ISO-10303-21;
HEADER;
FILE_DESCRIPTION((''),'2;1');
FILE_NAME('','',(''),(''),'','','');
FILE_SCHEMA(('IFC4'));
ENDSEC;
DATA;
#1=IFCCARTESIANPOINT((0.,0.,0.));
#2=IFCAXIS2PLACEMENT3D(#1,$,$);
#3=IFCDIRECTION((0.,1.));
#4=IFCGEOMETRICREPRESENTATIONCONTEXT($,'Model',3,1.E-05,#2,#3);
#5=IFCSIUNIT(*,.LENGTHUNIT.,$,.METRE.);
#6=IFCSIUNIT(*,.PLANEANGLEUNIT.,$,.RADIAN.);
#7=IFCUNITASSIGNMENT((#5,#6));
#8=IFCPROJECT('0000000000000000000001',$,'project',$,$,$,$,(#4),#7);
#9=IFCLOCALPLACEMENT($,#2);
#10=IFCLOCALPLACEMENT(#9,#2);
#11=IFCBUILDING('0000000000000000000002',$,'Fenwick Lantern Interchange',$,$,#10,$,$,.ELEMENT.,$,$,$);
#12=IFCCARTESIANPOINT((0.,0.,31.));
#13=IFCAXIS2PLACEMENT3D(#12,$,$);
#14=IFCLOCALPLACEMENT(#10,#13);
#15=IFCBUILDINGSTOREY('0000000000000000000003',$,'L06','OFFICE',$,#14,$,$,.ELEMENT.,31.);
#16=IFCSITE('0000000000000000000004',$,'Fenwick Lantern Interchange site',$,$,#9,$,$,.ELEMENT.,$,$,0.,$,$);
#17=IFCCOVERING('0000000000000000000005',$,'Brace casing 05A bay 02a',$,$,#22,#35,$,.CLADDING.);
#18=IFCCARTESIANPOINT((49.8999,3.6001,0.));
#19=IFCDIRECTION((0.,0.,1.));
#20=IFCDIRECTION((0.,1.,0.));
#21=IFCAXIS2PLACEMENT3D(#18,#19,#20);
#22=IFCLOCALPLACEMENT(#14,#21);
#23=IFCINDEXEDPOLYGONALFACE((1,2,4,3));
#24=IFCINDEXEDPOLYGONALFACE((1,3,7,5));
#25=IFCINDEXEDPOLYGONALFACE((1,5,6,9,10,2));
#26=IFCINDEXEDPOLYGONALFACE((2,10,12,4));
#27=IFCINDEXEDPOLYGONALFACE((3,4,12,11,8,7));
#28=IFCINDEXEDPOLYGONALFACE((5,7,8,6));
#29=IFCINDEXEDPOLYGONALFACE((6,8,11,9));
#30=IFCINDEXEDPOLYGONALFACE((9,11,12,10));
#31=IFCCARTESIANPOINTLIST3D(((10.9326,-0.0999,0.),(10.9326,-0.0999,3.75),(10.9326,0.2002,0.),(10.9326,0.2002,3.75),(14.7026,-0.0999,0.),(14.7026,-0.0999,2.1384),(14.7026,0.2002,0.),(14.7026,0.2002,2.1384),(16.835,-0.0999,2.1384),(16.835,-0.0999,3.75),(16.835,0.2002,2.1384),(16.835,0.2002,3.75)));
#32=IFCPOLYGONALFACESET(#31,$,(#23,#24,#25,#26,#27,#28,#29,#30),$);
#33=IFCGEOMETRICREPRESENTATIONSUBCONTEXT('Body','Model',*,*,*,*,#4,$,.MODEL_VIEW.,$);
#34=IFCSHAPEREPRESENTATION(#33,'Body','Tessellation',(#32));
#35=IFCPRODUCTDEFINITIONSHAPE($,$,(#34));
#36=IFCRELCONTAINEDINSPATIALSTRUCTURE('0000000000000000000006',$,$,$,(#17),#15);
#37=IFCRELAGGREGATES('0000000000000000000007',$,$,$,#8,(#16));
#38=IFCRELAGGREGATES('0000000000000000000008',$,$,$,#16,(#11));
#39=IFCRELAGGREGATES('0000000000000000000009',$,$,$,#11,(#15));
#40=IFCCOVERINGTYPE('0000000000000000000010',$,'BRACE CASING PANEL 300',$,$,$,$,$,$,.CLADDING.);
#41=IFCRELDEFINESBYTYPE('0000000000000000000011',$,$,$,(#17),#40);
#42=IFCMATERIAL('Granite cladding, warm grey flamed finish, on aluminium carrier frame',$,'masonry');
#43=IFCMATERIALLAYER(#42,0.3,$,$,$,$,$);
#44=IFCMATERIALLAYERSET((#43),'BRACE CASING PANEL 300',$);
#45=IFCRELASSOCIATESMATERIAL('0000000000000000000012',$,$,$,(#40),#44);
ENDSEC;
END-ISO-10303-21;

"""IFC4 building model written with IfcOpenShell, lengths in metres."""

from ifc_helpers import new_model, si_unit, direction, frame, origin, place, context, subcontext, project, spatial, polyline, outline, extrude, material, layer, layer_set, type_object, element, save


model = new_model("IFC4")

# Units and contexts
model_context = context("Model", 3, precision=1e-05, world=origin(), true_north=direction((0.0, 1.0)))
body_context = subcontext(model_context, "Body", "Model", "MODEL_VIEW")
ifc_project = project(units=[si_unit("LENGTHUNIT", "METRE"), si_unit("PLANEANGLEUNIT", "RADIAN")], contexts=[model_context])

# Site, building, storey
site_placement = place(None, origin())
site = spatial("IfcSite", under=ifc_project, at=site_placement, Name="Fenwick Lantern Interchange site", CompositionType="ELEMENT", RefElevation=0.0)
building_placement = place(site_placement, origin())
building = spatial("IfcBuilding", under=site, at=building_placement, Name="Fenwick Lantern Interchange", CompositionType="ELEMENT")
storey_placement = place(building_placement, frame((0.0, 0.0, 31.0)))
storey = spatial("IfcBuildingStorey", under=building, at=storey_placement, Name="L06", Description="OFFICE", CompositionType="ELEMENT", Elevation=31.0)

# Covering
ifc_material_1 = material(Name="Granite cladding, warm grey flamed finish, on aluminium carrier frame", Category="masonry")
ifc_layer = layer(ifc_material_1, 0.3)
ifc_layer_set = layer_set([ifc_layer], Name="BRACE CASING PANEL 300")
covering_type = type_object("IfcCoveringType", Name="BRACE CASING PANEL 300", PredefinedType="CLADDING", material=ifc_layer_set)
covering_placement = place(storey_placement, frame((49.8999, 3.6001, 0.0), z_axis=(0.0, 0.0, 1.0), x_axis=(0.0, 1.0, 0.0)))
element("IfcCovering", 1, at=covering_placement, inside=storey, type_object=covering_type, Name="Brace casing 05A bay 02a", PredefinedType="CLADDING", context=body_context, shape_type="SweptSolid", body=[
    extrude(outline(polyline([(10.9326, 0.0), (14.7026, 0.0), (14.7026, 2.1384), (16.835, 2.1384), (16.835, 3.75), (10.9326, 3.75), (10.9326, 0.0)])), frame((0.0, 0.2002, 0.0), z_axis=(0.0, -1.0, 0.0), x_axis=(1.0, 0.0, 0.0)), (0.0, 0.0, 1.0), 0.3),
])

save(model, "model.ifc")
